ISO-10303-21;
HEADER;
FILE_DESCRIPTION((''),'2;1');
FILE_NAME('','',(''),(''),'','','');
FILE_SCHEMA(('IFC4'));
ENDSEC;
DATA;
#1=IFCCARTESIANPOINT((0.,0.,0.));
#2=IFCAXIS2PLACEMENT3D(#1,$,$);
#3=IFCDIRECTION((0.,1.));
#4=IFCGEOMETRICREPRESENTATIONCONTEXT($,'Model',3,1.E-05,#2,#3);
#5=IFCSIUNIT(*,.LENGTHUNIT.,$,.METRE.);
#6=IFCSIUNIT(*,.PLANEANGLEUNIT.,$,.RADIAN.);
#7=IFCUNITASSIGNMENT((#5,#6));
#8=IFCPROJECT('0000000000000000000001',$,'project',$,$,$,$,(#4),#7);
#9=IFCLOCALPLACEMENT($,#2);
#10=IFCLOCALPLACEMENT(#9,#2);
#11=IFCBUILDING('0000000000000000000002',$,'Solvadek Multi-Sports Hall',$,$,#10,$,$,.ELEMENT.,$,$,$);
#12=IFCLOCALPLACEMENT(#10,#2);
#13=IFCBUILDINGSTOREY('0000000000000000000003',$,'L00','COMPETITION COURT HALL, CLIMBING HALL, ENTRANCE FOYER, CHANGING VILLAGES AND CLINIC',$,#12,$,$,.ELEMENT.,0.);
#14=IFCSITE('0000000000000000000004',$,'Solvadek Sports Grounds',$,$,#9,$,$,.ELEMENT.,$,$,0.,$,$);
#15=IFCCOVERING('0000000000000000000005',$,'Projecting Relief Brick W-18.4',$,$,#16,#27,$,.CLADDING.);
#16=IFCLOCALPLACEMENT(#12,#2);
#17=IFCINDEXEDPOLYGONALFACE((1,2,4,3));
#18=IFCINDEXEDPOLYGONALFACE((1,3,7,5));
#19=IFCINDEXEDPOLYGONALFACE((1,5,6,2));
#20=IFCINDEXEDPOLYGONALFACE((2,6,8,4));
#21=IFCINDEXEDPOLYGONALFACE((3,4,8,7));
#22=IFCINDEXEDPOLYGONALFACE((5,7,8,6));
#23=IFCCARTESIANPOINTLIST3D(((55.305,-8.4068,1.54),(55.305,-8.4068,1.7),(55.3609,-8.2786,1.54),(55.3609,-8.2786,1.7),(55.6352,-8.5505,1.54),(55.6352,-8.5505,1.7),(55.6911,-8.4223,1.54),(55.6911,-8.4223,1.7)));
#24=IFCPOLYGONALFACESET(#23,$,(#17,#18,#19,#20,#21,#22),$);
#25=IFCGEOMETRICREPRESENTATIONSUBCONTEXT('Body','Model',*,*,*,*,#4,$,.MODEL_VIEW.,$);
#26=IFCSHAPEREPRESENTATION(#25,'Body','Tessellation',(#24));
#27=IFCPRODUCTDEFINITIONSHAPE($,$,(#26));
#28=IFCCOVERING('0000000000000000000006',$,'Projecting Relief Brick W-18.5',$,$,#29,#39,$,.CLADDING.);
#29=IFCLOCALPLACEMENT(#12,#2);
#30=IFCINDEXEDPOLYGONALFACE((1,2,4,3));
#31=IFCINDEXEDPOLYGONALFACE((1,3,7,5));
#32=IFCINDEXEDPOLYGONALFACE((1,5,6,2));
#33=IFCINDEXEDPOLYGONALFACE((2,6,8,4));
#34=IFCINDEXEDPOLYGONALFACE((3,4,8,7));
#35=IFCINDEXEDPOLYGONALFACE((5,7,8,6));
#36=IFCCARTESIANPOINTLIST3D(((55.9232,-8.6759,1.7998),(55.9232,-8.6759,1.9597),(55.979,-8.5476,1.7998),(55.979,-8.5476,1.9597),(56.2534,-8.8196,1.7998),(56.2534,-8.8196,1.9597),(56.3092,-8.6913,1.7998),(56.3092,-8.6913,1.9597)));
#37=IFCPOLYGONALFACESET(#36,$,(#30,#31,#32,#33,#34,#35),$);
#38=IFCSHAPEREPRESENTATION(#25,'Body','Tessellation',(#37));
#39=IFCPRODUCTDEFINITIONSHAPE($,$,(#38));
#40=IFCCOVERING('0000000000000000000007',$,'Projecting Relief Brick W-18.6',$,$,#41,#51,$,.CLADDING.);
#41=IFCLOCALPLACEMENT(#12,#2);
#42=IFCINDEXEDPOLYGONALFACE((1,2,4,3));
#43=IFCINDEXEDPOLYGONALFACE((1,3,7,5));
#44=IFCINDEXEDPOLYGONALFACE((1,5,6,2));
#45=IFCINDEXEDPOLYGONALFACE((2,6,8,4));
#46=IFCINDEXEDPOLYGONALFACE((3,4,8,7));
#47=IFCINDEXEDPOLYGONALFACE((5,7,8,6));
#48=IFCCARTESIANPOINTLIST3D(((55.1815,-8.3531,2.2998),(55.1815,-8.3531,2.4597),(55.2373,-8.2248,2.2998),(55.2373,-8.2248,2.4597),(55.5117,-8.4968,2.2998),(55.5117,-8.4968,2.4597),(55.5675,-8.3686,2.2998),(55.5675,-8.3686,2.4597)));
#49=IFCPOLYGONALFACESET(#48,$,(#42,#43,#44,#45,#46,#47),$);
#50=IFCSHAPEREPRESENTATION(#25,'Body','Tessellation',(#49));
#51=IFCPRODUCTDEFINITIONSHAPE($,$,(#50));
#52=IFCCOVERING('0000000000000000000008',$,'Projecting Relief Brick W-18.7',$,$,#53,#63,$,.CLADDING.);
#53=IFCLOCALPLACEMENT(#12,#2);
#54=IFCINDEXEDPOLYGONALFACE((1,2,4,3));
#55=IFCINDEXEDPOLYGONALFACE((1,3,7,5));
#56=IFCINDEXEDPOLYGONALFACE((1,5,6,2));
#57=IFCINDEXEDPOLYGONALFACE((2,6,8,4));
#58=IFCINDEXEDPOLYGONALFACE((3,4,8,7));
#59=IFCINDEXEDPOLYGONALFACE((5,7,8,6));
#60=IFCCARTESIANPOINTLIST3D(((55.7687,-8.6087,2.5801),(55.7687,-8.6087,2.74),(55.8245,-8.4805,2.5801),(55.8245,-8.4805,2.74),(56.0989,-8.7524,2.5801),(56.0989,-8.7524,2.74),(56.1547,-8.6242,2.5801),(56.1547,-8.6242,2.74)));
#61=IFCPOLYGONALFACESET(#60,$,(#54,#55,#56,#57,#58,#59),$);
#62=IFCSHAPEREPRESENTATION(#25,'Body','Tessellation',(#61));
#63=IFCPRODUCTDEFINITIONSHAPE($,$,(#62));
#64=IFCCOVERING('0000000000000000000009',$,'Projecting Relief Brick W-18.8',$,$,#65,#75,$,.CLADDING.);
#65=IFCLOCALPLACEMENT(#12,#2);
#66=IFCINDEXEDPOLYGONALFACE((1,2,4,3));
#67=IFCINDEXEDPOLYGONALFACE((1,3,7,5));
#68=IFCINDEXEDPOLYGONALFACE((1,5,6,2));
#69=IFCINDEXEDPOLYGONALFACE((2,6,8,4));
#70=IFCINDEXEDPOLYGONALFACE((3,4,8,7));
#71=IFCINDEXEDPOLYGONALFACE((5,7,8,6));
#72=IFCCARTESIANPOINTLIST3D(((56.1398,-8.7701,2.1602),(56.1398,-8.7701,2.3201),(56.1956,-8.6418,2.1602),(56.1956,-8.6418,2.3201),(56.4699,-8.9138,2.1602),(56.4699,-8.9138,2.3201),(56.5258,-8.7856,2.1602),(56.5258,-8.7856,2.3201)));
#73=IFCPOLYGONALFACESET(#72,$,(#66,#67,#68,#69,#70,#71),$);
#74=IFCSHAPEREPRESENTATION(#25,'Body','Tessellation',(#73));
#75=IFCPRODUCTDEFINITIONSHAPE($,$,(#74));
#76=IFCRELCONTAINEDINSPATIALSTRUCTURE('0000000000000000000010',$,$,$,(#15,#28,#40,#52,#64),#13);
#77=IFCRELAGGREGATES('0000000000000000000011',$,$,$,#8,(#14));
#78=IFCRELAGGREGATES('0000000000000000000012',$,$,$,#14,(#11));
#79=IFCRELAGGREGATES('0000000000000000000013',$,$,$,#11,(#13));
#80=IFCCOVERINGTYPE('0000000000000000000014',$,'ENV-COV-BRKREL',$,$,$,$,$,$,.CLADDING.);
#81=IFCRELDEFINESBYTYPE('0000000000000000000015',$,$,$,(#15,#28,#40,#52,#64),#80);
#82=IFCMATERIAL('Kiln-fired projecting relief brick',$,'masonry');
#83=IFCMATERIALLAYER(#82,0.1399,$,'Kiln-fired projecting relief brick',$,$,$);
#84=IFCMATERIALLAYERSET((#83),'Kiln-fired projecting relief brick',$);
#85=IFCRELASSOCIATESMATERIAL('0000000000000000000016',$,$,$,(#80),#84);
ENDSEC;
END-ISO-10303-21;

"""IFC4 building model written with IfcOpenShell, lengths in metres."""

from ifc_helpers import new_model, si_unit, direction, frame, origin, origin_2d, place, context, subcontext, project, spatial, rectangle, extrude, material, layer, layer_set, type_object, element, save


model = new_model("IFC4")

# Units and contexts
model_context = context("Model", 3, precision=1e-05, world=origin(), true_north=direction((0.0, 1.0)))
body_context = subcontext(model_context, "Body", "Model", "MODEL_VIEW")
ifc_project = project(units=[si_unit("LENGTHUNIT", "METRE"), si_unit("PLANEANGLEUNIT", "RADIAN")], contexts=[model_context])

# Site, building, storey
site_placement = place(None, origin())
site = spatial("IfcSite", under=ifc_project, at=site_placement, Name="Solvadek Sports Grounds", CompositionType="ELEMENT", RefElevation=0.0)
building_placement = place(site_placement, origin())
building = spatial("IfcBuilding", under=site, at=building_placement, Name="Solvadek Multi-Sports Hall", CompositionType="ELEMENT")
storey_placement = place(building_placement, origin())
storey = spatial("IfcBuildingStorey", under=building, at=storey_placement, Name="L00", Description="COMPETITION COURT HALL, CLIMBING HALL, ENTRANCE FOYER, CHANGING VILLAGES AND CLINIC", CompositionType="ELEMENT", Elevation=0.0)

# Coverings
ifc_material_1 = material(Name="Kiln-fired projecting relief brick", Category="masonry")
ifc_layer_1 = layer(ifc_material_1, 0.1399, Name="Kiln-fired projecting relief brick")
ifc_layer_set_1 = layer_set([ifc_layer_1], Name="Kiln-fired projecting relief brick")
covering_type = type_object("IfcCoveringType", Name="ENV-COV-BRKREL", PredefinedType="CLADDING", material=ifc_layer_set_1)
for number, where, z_axis, x_axis, name in (
    (1, (55.498, -8.4146, 1.54), (0.0, 0.0, 1.0), (0.916918, -0.399076, 0.0), "Projecting Relief Brick W-18.4"),
    (2, (56.1162, -8.6836, 1.7998), (0.0, 0.0, 1.0), (0.916918, -0.399076, 0.0), "Projecting Relief Brick W-18.5"),
    (3, (55.3745, -8.3608, 2.2998), (0.0, 0.0, 1.0), (0.916918, -0.399076, 0.0), "Projecting Relief Brick W-18.6"),
    (4, (55.9617, -8.6165, 2.5801), (0.0, 0.0, 1.0), (0.916918, -0.399076, 0.0), "Projecting Relief Brick W-18.7"),
    (5, (56.3328, -8.7778, 2.1602), (0.0, 0.0, 1.0), (0.916918, -0.399076, 0.0), "Projecting Relief Brick W-18.8"),
):
    element("IfcCovering", number, at=place(storey_placement, frame(where, z_axis=z_axis, x_axis=x_axis)), inside=storey, type_object=covering_type, Name=name, PredefinedType="CLADDING", context=body_context, shape_type="SweptSolid", body=[
        extrude(rectangle(XDim=0.3601, YDim=0.1399, at=origin_2d()), origin(), (0.0, 0.0, 1.0), 0.1599),
    ])

save(model, "model.ifc")
